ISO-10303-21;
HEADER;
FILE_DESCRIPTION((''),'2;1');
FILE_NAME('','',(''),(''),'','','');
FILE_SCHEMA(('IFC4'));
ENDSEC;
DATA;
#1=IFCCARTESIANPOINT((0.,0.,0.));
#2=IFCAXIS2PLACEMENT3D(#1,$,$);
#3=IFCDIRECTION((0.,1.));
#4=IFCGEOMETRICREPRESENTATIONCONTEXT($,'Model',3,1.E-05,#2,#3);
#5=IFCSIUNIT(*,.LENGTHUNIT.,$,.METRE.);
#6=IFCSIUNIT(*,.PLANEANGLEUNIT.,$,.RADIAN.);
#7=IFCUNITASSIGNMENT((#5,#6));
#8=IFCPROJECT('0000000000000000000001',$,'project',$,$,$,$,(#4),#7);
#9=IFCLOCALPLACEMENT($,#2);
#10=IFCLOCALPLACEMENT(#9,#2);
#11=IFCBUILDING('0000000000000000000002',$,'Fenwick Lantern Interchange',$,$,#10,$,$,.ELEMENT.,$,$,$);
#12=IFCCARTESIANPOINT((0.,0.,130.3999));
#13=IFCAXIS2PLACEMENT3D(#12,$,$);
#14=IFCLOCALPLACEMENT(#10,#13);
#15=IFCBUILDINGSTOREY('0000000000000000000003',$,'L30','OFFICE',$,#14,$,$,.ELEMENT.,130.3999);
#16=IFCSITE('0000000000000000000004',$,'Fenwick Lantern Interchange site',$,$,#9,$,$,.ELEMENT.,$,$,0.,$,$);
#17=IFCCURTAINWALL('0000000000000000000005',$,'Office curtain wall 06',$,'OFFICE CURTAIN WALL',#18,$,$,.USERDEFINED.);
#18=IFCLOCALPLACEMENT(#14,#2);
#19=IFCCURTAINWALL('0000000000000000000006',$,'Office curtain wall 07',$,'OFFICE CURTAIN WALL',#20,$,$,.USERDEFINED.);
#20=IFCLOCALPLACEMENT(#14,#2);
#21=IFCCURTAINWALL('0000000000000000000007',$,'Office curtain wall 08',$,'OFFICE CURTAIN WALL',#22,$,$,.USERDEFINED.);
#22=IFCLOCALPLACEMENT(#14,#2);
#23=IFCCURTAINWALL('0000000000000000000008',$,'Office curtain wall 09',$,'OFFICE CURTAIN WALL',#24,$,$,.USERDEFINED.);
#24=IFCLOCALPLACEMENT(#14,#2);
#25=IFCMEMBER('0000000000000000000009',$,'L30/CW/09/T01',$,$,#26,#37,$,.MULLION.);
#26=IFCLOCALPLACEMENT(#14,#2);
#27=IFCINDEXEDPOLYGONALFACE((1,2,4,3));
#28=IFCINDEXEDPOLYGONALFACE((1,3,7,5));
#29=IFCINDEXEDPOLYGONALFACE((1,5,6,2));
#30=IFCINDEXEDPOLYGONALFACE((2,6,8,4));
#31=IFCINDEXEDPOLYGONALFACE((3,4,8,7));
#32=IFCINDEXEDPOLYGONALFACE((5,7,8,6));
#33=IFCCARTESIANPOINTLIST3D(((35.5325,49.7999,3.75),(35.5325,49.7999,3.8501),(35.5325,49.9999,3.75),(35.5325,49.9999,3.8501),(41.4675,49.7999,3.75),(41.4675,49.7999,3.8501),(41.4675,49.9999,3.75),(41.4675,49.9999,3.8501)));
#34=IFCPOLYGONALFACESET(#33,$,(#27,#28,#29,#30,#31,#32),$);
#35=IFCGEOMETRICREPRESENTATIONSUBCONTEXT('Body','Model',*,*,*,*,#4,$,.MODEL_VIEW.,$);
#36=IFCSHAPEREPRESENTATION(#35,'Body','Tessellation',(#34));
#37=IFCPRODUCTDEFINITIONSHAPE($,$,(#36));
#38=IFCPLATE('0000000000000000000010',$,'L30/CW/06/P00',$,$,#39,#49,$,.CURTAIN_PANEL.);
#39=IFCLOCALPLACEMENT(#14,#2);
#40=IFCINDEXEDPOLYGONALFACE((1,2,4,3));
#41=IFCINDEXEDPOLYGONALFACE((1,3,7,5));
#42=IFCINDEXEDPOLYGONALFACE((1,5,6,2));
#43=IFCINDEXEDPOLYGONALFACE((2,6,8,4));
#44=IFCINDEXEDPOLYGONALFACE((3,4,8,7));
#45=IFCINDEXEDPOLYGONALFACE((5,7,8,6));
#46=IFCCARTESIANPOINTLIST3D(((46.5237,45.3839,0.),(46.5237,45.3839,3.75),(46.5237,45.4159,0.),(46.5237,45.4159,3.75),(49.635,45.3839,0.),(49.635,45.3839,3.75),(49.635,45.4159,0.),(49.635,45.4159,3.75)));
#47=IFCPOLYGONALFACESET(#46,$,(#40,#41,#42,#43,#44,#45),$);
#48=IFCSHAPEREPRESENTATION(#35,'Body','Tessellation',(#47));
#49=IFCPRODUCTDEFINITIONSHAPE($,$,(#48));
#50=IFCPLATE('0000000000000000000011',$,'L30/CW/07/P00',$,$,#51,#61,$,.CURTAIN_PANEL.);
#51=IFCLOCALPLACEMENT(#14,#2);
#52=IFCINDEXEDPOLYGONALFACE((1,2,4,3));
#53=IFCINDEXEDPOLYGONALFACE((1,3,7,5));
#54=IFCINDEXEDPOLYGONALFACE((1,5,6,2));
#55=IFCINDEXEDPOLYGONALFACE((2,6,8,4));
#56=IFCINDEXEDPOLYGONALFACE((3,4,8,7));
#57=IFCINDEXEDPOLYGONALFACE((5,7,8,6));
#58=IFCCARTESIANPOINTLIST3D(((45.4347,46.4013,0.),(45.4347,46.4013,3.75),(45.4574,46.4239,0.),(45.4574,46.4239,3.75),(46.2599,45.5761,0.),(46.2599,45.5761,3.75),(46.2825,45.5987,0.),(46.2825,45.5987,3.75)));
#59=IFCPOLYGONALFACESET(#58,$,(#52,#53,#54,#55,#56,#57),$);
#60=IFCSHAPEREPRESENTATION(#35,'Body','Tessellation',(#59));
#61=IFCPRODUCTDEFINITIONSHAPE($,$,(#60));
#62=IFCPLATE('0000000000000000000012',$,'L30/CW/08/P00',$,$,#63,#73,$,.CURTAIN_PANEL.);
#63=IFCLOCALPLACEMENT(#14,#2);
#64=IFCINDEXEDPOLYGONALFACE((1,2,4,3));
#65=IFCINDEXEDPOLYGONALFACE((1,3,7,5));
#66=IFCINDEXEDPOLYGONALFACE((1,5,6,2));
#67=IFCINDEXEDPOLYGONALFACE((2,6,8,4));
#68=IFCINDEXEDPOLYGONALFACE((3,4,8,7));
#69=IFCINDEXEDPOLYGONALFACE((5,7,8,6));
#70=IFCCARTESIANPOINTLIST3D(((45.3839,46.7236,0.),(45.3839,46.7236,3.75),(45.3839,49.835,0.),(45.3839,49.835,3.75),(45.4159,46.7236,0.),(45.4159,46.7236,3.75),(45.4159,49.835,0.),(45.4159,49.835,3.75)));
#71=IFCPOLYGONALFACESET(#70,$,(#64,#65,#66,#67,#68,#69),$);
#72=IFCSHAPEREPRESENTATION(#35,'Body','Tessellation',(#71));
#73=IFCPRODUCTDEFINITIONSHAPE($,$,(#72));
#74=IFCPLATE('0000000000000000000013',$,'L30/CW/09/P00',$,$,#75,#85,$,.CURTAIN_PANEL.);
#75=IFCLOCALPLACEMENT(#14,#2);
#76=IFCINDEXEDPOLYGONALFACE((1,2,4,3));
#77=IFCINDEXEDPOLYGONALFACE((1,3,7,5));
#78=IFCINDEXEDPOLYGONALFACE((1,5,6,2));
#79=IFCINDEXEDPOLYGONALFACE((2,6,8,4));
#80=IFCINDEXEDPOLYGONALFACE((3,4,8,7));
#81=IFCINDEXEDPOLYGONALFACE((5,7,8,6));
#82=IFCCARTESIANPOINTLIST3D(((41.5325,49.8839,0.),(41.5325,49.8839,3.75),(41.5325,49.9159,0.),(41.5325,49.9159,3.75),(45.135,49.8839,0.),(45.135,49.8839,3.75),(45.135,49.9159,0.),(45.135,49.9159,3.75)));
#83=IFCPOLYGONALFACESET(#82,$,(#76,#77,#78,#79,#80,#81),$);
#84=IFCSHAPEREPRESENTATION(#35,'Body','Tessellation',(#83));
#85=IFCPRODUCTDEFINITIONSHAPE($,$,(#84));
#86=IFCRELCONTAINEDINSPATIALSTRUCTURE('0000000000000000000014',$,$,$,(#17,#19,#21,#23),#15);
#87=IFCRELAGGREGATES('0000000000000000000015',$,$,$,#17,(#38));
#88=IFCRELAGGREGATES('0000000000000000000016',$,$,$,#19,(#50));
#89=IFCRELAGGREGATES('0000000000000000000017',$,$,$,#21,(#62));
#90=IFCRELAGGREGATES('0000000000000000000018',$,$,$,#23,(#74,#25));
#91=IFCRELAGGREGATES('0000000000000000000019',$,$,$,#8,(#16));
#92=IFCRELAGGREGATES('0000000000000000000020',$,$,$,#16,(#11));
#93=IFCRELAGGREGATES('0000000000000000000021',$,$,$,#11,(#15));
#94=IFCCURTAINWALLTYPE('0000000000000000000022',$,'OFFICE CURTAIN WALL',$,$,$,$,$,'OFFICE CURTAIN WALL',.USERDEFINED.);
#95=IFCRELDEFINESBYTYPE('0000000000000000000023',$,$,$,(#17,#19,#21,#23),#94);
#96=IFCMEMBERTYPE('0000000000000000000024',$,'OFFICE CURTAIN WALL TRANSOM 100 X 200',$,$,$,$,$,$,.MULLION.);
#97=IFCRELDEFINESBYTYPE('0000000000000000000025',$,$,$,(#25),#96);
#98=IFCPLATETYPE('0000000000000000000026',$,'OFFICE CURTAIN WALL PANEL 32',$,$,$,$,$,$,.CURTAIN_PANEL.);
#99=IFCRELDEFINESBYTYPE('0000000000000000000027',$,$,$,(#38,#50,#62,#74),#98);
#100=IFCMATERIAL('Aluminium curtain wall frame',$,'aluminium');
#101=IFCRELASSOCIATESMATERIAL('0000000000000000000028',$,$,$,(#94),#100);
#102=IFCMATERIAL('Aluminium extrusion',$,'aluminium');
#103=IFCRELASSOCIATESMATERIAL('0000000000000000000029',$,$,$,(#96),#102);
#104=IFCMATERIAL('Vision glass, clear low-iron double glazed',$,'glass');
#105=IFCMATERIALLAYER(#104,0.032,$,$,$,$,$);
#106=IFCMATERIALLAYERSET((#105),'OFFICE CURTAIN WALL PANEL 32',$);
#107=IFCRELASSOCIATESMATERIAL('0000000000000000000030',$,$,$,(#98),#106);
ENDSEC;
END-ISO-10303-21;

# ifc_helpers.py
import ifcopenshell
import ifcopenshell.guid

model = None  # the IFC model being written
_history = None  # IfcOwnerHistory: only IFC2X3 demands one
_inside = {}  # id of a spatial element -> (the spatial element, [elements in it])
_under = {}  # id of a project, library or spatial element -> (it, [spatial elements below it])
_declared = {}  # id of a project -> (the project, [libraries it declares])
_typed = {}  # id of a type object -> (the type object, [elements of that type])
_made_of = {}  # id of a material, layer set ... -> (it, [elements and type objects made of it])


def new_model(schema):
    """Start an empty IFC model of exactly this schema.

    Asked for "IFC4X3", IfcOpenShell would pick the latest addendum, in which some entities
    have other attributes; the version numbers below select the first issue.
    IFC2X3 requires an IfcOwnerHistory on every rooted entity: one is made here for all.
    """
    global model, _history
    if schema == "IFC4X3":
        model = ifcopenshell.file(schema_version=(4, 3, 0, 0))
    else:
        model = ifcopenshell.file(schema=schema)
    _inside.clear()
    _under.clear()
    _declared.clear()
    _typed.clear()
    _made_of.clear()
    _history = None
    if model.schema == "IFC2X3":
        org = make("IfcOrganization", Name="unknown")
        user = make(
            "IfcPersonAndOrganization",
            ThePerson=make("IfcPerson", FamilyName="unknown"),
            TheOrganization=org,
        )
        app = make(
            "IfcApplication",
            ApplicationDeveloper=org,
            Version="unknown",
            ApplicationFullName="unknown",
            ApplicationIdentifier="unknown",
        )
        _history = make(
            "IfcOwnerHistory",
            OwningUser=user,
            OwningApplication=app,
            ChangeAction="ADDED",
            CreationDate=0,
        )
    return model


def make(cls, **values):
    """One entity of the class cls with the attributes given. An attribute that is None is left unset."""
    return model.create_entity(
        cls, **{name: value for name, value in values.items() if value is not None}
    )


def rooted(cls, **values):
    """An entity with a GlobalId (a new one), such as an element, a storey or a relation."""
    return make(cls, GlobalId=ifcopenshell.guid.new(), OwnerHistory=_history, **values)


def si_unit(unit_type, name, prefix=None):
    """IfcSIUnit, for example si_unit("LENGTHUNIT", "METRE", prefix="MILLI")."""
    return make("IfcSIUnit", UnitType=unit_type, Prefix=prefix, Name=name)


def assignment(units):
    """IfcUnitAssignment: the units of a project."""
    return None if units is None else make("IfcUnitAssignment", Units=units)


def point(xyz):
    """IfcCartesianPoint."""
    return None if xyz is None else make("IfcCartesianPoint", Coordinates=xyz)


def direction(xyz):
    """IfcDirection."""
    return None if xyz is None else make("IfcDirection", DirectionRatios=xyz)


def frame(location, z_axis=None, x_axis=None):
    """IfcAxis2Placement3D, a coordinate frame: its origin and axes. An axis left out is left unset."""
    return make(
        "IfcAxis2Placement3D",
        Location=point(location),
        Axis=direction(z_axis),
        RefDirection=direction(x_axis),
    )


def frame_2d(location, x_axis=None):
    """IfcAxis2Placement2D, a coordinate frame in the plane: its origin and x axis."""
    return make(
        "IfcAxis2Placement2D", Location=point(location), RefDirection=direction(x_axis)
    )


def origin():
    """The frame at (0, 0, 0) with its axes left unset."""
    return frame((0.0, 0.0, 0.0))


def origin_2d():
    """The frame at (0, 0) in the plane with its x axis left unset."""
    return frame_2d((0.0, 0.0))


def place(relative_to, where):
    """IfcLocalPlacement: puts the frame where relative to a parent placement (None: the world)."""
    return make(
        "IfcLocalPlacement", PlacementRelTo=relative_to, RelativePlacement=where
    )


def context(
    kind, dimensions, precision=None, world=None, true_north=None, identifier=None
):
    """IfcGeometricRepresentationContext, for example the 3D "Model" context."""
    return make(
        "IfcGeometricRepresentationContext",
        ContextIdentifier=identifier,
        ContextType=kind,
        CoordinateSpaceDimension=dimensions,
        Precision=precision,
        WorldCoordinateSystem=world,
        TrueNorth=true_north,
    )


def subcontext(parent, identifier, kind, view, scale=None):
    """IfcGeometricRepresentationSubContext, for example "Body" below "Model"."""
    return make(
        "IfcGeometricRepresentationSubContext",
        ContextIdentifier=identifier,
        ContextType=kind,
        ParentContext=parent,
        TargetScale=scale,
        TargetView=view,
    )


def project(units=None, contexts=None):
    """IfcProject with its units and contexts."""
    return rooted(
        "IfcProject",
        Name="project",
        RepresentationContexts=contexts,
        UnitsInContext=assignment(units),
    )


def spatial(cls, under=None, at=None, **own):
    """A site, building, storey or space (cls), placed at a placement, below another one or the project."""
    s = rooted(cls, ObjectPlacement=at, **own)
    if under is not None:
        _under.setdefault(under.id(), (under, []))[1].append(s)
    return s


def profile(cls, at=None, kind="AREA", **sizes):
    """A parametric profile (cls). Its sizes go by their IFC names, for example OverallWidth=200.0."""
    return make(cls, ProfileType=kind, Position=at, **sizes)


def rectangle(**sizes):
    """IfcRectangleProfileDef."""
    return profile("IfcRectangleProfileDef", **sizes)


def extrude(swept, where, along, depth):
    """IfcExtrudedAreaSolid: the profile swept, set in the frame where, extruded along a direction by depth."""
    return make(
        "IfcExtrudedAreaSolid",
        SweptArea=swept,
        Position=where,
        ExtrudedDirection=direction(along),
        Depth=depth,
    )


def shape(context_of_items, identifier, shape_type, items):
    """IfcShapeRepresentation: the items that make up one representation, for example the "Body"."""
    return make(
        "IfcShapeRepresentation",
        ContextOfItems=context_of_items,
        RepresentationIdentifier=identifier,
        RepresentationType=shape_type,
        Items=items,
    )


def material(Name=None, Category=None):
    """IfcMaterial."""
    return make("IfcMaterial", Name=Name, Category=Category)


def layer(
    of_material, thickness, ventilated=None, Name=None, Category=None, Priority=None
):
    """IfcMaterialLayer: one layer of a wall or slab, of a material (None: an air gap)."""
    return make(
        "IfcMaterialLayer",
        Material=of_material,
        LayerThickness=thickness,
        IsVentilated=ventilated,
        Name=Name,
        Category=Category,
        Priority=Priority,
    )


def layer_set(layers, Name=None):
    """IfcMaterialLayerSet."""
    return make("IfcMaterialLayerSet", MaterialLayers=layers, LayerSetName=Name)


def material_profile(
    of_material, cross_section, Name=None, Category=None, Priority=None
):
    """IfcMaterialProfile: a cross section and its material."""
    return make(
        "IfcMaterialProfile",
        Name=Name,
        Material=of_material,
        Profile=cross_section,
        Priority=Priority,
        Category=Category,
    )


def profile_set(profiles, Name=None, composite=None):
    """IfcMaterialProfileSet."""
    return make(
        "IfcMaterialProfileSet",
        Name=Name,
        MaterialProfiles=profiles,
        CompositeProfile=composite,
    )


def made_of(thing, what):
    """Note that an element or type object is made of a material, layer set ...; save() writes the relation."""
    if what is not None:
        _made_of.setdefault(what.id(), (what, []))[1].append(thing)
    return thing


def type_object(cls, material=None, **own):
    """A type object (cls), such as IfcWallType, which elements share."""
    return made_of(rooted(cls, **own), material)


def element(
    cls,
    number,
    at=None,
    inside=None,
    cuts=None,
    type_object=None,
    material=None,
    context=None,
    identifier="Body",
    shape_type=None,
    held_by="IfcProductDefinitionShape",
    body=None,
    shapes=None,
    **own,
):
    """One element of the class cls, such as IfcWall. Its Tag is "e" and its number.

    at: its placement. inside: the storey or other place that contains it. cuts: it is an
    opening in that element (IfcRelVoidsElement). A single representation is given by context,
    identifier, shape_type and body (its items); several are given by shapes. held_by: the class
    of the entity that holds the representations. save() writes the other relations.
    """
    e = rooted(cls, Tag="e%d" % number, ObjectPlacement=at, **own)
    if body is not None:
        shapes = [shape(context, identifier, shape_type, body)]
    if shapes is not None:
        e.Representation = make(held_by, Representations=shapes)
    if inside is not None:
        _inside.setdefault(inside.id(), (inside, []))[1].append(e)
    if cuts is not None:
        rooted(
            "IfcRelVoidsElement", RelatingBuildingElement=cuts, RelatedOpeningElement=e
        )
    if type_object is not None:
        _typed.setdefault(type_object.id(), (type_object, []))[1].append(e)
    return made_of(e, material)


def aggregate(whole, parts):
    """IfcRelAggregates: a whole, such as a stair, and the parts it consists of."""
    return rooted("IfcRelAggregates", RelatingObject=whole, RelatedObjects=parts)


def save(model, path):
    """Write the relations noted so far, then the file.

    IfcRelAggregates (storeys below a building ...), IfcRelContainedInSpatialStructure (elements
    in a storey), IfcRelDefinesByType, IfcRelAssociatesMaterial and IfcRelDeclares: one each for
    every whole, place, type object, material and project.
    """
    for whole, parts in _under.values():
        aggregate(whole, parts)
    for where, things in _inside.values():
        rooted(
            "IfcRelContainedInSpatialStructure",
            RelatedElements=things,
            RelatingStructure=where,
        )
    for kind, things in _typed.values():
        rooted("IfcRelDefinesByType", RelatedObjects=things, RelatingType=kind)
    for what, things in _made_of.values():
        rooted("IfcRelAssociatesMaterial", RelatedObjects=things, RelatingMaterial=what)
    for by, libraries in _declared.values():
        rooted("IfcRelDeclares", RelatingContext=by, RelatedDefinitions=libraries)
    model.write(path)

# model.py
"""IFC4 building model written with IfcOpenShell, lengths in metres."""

from ifc_helpers import new_model, si_unit, direction, frame, origin, origin_2d, place, context, subcontext, project, spatial, rectangle, extrude, material, layer, layer_set, material_profile, profile_set, type_object, element, aggregate, save


model = new_model("IFC4")

# Units and contexts
model_context = context("Model", 3, precision=1e-05, world=origin(), true_north=direction((0.0, 1.0)))
body_context = subcontext(model_context, "Body", "Model", "MODEL_VIEW")
ifc_project = project(units=[si_unit("LENGTHUNIT", "METRE"), si_unit("PLANEANGLEUNIT", "RADIAN")], contexts=[model_context])

# Site, building, storey
site_placement = place(None, origin())
site = spatial("IfcSite", under=ifc_project, at=site_placement, Name="Fenwick Lantern Interchange site", CompositionType="ELEMENT", RefElevation=0.0)
building_placement = place(site_placement, origin())
building = spatial("IfcBuilding", under=site, at=building_placement, Name="Fenwick Lantern Interchange", CompositionType="ELEMENT")
storey_placement = place(building_placement, frame((0.0, 0.0, 130.3999)))
storey = spatial("IfcBuildingStorey", under=building, at=storey_placement, Name="L30", Description="OFFICE", CompositionType="ELEMENT", Elevation=130.3999)

# Curtain wall
ifc_material_1 = material(Name="Aluminium curtain wall frame", Category="aluminium")
curtain_wall_type = type_object("IfcCurtainWallType", Name="OFFICE CURTAIN WALL", ElementType="OFFICE CURTAIN WALL", PredefinedType="USERDEFINED", material=ifc_material_1)
curtain_wall_1_placement = place(storey_placement, origin())
curtain_wall_1 = element("IfcCurtainWall", 1, at=curtain_wall_1_placement, inside=storey, type_object=curtain_wall_type, Name="Office curtain wall 06", ObjectType="OFFICE CURTAIN WALL", PredefinedType="USERDEFINED")
ifc_material_2 = material(Name="Aluminium extrusion", Category="aluminium")

# Curtain walls
curtain_wall_2_placement = place(storey_placement, origin())
curtain_wall_2 = element("IfcCurtainWall", 2, at=curtain_wall_2_placement, inside=storey, type_object=curtain_wall_type, Name="Office curtain wall 07", ObjectType="OFFICE CURTAIN WALL", PredefinedType="USERDEFINED")
curtain_wall_3_placement = place(storey_placement, origin())
curtain_wall_3 = element("IfcCurtainWall", 3, at=curtain_wall_3_placement, inside=storey, type_object=curtain_wall_type, Name="Office curtain wall 08", ObjectType="OFFICE CURTAIN WALL", PredefinedType="USERDEFINED")
curtain_wall_4_placement = place(storey_placement, origin())
curtain_wall_4 = element("IfcCurtainWall", 4, at=curtain_wall_4_placement, inside=storey, type_object=curtain_wall_type, Name="Office curtain wall 09", ObjectType="OFFICE CURTAIN WALL", PredefinedType="USERDEFINED")

# Member
ifc_material_profile_1 = material_profile(ifc_material_2, rectangle(XDim=0.2, YDim=0.1001, at=origin_2d()), Name="OFFICE CURTAIN WALL TRANSOM 100 X 200")
ifc_profile_set_1 = profile_set([ifc_material_profile_1], Name="Aluminium extrusion")
member_type_1 = type_object("IfcMemberType", Name="OFFICE CURTAIN WALL TRANSOM 100 X 200", PredefinedType="MULLION", material=ifc_profile_set_1)
member_1_placement = place(storey_placement, frame((41.4675, 49.8999, 3.8), z_axis=(-1.0, 0.0, 0.0), x_axis=(0.0, -1.0, 0.0)))
member_1 = element("IfcMember", 5, at=member_1_placement, type_object=member_type_1, Name="L30/CW/09/T01", PredefinedType="MULLION", context=body_context, shape_type="SweptSolid", body=[
    extrude(rectangle(XDim=0.2, YDim=0.1001, at=origin_2d()), origin(), (0.0, 0.0, 1.0), 5.9351),
])

# Plates
ifc_material_3 = material(Name="Vision glass, clear low-iron double glazed", Category="glass")
ifc_layer_1 = layer(ifc_material_3, 0.032)
ifc_layer_set_1 = layer_set([ifc_layer_1], Name="OFFICE CURTAIN WALL PANEL 32")
plate_type = type_object("IfcPlateType", Name="OFFICE CURTAIN WALL PANEL 32", PredefinedType="CURTAIN_PANEL", material=ifc_layer_set_1)
plate_1_placement = place(storey_placement, frame((48.0793, 45.3999, 0.0), z_axis=(0.0, 0.0, 1.0), x_axis=(-1.0, 0.0, 0.0)))
plate_1 = element("IfcPlate", 6, at=plate_1_placement, type_object=plate_type, Name="L30/CW/06/P00", PredefinedType="CURTAIN_PANEL", context=body_context, shape_type="SweptSolid", body=[
    extrude(rectangle(XDim=3.1113, YDim=0.032, at=origin_2d()), origin(), (0.0, 0.0, 1.0), 3.75),
])
aggregate(curtain_wall_1, [plate_1])
plate_2_placement = place(storey_placement, frame((45.8586, 46.0, 0.0), z_axis=(0.0, 0.0, 1.0), x_axis=(-0.707107, 0.707107, 0.0)))
plate_2 = element("IfcPlate", 7, at=plate_2_placement, type_object=plate_type, Name="L30/CW/07/P00", PredefinedType="CURTAIN_PANEL", context=body_context, shape_type="SweptSolid", body=[
    extrude(rectangle(XDim=1.167, YDim=0.032, at=origin_2d()), origin(), (0.0, 0.0, 1.0), 3.75),
])
aggregate(curtain_wall_2, [plate_2])
plate_3_placement = place(storey_placement, frame((45.3999, 48.2793, 0.0), z_axis=(0.0, 0.0, 1.0), x_axis=(0.0, 1.0, 0.0)))
plate_3 = element("IfcPlate", 8, at=plate_3_placement, type_object=plate_type, Name="L30/CW/08/P00", PredefinedType="CURTAIN_PANEL", context=body_context, shape_type="SweptSolid", body=[
    extrude(rectangle(XDim=3.1113, YDim=0.032, at=origin_2d()), origin(), (0.0, 0.0, 1.0), 3.75),
])
aggregate(curtain_wall_3, [plate_3])
plate_4_placement = place(storey_placement, frame((43.3337, 49.8999, 0.0), z_axis=(0.0, 0.0, 1.0), x_axis=(-1.0, 0.0, 0.0)))
plate_4 = element("IfcPlate", 9, at=plate_4_placement, type_object=plate_type, Name="L30/CW/09/P00", PredefinedType="CURTAIN_PANEL", context=body_context, shape_type="SweptSolid", body=[
    extrude(rectangle(XDim=3.6025, YDim=0.032, at=origin_2d()), origin(), (0.0, 0.0, 1.0), 3.75),
])
aggregate(curtain_wall_4, [plate_4, member_1])

save(model, "model.ifc")
